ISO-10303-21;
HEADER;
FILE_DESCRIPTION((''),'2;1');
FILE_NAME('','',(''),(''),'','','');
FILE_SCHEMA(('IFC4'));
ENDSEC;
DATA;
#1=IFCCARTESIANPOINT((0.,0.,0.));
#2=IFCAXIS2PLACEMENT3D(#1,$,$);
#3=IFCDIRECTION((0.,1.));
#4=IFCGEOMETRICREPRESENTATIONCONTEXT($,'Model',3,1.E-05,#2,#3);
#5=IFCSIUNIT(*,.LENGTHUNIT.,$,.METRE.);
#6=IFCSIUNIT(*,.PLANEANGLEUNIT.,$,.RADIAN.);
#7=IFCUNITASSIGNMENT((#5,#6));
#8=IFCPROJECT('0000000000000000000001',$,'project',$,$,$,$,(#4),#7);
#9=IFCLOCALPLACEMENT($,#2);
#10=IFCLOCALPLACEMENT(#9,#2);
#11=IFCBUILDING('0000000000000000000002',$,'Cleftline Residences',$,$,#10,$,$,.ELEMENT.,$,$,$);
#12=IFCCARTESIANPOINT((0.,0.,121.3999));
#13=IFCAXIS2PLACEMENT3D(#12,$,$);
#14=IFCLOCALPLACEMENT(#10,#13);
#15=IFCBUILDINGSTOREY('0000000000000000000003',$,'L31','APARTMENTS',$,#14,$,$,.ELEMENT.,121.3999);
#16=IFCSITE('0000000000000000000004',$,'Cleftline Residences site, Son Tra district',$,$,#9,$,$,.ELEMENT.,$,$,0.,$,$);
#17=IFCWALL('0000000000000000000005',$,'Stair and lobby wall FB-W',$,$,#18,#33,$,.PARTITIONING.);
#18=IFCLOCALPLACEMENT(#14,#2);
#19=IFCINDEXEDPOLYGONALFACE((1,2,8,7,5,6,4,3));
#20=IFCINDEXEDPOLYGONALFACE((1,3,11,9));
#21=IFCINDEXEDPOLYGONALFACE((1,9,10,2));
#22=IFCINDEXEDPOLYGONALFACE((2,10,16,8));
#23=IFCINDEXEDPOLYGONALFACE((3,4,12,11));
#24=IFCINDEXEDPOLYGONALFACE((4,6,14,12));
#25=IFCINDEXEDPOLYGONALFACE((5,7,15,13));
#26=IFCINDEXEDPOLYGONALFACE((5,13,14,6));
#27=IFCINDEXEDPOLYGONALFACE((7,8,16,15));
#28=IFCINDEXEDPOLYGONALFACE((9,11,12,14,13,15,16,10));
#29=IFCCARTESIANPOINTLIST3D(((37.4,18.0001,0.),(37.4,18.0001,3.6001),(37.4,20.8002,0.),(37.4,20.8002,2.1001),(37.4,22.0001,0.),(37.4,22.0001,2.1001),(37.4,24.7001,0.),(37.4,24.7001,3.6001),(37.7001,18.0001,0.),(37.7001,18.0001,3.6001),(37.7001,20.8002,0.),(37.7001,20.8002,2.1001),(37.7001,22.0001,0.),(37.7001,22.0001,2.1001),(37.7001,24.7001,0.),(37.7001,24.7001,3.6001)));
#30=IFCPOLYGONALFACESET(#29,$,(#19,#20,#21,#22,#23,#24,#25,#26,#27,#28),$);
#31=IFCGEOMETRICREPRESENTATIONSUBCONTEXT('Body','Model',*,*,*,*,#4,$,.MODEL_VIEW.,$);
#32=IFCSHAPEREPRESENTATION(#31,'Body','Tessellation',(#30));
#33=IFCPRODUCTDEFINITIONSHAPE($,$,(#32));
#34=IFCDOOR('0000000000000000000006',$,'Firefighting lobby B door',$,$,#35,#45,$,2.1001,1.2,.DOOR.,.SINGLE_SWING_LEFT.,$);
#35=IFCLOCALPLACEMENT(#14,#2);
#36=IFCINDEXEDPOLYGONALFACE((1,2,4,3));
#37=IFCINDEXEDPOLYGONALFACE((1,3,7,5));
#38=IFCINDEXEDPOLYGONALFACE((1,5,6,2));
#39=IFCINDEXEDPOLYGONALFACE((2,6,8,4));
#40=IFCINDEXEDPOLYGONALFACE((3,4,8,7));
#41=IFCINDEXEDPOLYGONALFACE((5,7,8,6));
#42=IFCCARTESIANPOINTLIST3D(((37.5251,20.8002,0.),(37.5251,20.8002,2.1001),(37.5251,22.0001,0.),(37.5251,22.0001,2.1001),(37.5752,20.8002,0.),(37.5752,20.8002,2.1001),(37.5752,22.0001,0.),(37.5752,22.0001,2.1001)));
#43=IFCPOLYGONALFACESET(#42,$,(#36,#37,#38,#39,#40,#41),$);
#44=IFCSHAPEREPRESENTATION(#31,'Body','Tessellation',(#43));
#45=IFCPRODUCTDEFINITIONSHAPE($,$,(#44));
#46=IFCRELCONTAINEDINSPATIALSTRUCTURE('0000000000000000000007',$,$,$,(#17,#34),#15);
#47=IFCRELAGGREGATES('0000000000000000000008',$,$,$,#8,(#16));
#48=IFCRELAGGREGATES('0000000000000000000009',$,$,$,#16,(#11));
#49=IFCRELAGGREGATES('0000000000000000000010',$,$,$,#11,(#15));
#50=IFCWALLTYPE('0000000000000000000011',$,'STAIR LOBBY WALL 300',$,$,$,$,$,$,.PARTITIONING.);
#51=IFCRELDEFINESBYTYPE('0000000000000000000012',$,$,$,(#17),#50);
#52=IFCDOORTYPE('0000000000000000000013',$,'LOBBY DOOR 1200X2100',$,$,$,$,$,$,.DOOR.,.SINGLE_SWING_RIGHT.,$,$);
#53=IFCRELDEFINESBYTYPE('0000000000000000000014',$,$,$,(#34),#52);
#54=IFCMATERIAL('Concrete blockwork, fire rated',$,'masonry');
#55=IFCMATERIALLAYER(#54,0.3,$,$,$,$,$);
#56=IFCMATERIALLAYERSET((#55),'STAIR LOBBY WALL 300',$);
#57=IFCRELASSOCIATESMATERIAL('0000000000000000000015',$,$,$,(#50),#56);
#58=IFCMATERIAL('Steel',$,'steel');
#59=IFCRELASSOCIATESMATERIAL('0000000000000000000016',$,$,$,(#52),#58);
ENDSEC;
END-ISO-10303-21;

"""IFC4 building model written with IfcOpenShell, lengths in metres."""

from ifc_helpers import new_model, si_unit, direction, frame, frame_2d, origin, place, context, subcontext, project, spatial, rectangle, extrude, material, layer, layer_set, type_object, element, fill, save


model = new_model("IFC4")

# Units and contexts
model_context = context("Model", 3, precision=1e-05, world=origin(), true_north=direction((0.0, 1.0)))
body_context = subcontext(model_context, "Body", "Model", "MODEL_VIEW")
ifc_project = project(units=[si_unit("LENGTHUNIT", "METRE"), si_unit("PLANEANGLEUNIT", "RADIAN")], contexts=[model_context])

# Site, building, storey
site_placement = place(None, origin())
site = spatial("IfcSite", under=ifc_project, at=site_placement, Name="Cleftline Residences site, Son Tra district", CompositionType="ELEMENT", RefElevation=0.0)
building_placement = place(site_placement, origin())
building = spatial("IfcBuilding", under=site, at=building_placement, Name="Cleftline Residences", CompositionType="ELEMENT")
storey_placement = place(building_placement, frame((0.0, 0.0, 121.3999)))
storey = spatial("IfcBuildingStorey", under=building, at=storey_placement, Name="L31", Description="APARTMENTS", CompositionType="ELEMENT", Elevation=121.3999)

# Wall, opening, door
ifc_material_1 = material(Name="Concrete blockwork, fire rated", Category="masonry")
ifc_layer_1 = layer(ifc_material_1, 0.3)
ifc_layer_set_1 = layer_set([ifc_layer_1], Name="STAIR LOBBY WALL 300")
wall_type_1 = type_object("IfcWallType", Name="STAIR LOBBY WALL 300", PredefinedType="PARTITIONING", material=ifc_layer_set_1)
ifc_material_2 = material(Name="Steel", Category="steel")
door_type_1 = type_object("IfcDoorType", Name="LOBBY DOOR 1200X2100", OperationType="SINGLE_SWING_RIGHT", PredefinedType="DOOR", material=ifc_material_2)
wall_1_placement = place(storey_placement, frame((37.55, 18.0, 0.0), z_axis=(0.0, 0.0, 1.0), x_axis=(0.0, 1.0, 0.0)))
wall_1 = element("IfcWall", 1, at=wall_1_placement, inside=storey, type_object=wall_type_1, Name="Stair and lobby wall FB-W", PredefinedType="PARTITIONING", context=body_context, shape_type="SweptSolid", body=[
    extrude(rectangle(XDim=6.7, YDim=0.3, at=frame_2d((3.3501, 0.0))), origin(), (0.0, 0.0, 1.0), 3.6001),
])
opening_1_placement = place(wall_1_placement, frame((2.8, 0.0, 0.0)))
opening_1 = element("IfcOpeningElement", 2, at=opening_1_placement, cuts=wall_1, PredefinedType="OPENING", context=body_context, shape_type="SweptSolid", body=[
    extrude(rectangle(XDim=1.2, YDim=2.1001, at=frame_2d((0.6001, 1.05))), frame((0.0, 0.1599, 0.0), z_axis=(0.0, -1.0, 0.0), x_axis=(1.0, 0.0, 0.0)), (0.0, 0.0, 1.0), 0.3201),
])
door_1_placement = place(opening_1_placement, origin())
door_1 = element("IfcDoor", 3, at=door_1_placement, inside=storey, type_object=door_type_1, Name="Firefighting lobby B door", OperationType="SINGLE_SWING_LEFT", OverallHeight=2.1001, OverallWidth=1.2, PredefinedType="DOOR", context=body_context, shape_type="SweptSolid", body=[
    extrude(rectangle(XDim=1.2, YDim=2.1001, at=frame_2d((0.6001, 1.05))), frame((0.0, 0.0249, 0.0), z_axis=(0.0, -1.0, 0.0), x_axis=(1.0, 0.0, 0.0)), (0.0, 0.0, 1.0), 0.05),
])
fill(opening_1, door_1)

save(model, "model.ifc")
